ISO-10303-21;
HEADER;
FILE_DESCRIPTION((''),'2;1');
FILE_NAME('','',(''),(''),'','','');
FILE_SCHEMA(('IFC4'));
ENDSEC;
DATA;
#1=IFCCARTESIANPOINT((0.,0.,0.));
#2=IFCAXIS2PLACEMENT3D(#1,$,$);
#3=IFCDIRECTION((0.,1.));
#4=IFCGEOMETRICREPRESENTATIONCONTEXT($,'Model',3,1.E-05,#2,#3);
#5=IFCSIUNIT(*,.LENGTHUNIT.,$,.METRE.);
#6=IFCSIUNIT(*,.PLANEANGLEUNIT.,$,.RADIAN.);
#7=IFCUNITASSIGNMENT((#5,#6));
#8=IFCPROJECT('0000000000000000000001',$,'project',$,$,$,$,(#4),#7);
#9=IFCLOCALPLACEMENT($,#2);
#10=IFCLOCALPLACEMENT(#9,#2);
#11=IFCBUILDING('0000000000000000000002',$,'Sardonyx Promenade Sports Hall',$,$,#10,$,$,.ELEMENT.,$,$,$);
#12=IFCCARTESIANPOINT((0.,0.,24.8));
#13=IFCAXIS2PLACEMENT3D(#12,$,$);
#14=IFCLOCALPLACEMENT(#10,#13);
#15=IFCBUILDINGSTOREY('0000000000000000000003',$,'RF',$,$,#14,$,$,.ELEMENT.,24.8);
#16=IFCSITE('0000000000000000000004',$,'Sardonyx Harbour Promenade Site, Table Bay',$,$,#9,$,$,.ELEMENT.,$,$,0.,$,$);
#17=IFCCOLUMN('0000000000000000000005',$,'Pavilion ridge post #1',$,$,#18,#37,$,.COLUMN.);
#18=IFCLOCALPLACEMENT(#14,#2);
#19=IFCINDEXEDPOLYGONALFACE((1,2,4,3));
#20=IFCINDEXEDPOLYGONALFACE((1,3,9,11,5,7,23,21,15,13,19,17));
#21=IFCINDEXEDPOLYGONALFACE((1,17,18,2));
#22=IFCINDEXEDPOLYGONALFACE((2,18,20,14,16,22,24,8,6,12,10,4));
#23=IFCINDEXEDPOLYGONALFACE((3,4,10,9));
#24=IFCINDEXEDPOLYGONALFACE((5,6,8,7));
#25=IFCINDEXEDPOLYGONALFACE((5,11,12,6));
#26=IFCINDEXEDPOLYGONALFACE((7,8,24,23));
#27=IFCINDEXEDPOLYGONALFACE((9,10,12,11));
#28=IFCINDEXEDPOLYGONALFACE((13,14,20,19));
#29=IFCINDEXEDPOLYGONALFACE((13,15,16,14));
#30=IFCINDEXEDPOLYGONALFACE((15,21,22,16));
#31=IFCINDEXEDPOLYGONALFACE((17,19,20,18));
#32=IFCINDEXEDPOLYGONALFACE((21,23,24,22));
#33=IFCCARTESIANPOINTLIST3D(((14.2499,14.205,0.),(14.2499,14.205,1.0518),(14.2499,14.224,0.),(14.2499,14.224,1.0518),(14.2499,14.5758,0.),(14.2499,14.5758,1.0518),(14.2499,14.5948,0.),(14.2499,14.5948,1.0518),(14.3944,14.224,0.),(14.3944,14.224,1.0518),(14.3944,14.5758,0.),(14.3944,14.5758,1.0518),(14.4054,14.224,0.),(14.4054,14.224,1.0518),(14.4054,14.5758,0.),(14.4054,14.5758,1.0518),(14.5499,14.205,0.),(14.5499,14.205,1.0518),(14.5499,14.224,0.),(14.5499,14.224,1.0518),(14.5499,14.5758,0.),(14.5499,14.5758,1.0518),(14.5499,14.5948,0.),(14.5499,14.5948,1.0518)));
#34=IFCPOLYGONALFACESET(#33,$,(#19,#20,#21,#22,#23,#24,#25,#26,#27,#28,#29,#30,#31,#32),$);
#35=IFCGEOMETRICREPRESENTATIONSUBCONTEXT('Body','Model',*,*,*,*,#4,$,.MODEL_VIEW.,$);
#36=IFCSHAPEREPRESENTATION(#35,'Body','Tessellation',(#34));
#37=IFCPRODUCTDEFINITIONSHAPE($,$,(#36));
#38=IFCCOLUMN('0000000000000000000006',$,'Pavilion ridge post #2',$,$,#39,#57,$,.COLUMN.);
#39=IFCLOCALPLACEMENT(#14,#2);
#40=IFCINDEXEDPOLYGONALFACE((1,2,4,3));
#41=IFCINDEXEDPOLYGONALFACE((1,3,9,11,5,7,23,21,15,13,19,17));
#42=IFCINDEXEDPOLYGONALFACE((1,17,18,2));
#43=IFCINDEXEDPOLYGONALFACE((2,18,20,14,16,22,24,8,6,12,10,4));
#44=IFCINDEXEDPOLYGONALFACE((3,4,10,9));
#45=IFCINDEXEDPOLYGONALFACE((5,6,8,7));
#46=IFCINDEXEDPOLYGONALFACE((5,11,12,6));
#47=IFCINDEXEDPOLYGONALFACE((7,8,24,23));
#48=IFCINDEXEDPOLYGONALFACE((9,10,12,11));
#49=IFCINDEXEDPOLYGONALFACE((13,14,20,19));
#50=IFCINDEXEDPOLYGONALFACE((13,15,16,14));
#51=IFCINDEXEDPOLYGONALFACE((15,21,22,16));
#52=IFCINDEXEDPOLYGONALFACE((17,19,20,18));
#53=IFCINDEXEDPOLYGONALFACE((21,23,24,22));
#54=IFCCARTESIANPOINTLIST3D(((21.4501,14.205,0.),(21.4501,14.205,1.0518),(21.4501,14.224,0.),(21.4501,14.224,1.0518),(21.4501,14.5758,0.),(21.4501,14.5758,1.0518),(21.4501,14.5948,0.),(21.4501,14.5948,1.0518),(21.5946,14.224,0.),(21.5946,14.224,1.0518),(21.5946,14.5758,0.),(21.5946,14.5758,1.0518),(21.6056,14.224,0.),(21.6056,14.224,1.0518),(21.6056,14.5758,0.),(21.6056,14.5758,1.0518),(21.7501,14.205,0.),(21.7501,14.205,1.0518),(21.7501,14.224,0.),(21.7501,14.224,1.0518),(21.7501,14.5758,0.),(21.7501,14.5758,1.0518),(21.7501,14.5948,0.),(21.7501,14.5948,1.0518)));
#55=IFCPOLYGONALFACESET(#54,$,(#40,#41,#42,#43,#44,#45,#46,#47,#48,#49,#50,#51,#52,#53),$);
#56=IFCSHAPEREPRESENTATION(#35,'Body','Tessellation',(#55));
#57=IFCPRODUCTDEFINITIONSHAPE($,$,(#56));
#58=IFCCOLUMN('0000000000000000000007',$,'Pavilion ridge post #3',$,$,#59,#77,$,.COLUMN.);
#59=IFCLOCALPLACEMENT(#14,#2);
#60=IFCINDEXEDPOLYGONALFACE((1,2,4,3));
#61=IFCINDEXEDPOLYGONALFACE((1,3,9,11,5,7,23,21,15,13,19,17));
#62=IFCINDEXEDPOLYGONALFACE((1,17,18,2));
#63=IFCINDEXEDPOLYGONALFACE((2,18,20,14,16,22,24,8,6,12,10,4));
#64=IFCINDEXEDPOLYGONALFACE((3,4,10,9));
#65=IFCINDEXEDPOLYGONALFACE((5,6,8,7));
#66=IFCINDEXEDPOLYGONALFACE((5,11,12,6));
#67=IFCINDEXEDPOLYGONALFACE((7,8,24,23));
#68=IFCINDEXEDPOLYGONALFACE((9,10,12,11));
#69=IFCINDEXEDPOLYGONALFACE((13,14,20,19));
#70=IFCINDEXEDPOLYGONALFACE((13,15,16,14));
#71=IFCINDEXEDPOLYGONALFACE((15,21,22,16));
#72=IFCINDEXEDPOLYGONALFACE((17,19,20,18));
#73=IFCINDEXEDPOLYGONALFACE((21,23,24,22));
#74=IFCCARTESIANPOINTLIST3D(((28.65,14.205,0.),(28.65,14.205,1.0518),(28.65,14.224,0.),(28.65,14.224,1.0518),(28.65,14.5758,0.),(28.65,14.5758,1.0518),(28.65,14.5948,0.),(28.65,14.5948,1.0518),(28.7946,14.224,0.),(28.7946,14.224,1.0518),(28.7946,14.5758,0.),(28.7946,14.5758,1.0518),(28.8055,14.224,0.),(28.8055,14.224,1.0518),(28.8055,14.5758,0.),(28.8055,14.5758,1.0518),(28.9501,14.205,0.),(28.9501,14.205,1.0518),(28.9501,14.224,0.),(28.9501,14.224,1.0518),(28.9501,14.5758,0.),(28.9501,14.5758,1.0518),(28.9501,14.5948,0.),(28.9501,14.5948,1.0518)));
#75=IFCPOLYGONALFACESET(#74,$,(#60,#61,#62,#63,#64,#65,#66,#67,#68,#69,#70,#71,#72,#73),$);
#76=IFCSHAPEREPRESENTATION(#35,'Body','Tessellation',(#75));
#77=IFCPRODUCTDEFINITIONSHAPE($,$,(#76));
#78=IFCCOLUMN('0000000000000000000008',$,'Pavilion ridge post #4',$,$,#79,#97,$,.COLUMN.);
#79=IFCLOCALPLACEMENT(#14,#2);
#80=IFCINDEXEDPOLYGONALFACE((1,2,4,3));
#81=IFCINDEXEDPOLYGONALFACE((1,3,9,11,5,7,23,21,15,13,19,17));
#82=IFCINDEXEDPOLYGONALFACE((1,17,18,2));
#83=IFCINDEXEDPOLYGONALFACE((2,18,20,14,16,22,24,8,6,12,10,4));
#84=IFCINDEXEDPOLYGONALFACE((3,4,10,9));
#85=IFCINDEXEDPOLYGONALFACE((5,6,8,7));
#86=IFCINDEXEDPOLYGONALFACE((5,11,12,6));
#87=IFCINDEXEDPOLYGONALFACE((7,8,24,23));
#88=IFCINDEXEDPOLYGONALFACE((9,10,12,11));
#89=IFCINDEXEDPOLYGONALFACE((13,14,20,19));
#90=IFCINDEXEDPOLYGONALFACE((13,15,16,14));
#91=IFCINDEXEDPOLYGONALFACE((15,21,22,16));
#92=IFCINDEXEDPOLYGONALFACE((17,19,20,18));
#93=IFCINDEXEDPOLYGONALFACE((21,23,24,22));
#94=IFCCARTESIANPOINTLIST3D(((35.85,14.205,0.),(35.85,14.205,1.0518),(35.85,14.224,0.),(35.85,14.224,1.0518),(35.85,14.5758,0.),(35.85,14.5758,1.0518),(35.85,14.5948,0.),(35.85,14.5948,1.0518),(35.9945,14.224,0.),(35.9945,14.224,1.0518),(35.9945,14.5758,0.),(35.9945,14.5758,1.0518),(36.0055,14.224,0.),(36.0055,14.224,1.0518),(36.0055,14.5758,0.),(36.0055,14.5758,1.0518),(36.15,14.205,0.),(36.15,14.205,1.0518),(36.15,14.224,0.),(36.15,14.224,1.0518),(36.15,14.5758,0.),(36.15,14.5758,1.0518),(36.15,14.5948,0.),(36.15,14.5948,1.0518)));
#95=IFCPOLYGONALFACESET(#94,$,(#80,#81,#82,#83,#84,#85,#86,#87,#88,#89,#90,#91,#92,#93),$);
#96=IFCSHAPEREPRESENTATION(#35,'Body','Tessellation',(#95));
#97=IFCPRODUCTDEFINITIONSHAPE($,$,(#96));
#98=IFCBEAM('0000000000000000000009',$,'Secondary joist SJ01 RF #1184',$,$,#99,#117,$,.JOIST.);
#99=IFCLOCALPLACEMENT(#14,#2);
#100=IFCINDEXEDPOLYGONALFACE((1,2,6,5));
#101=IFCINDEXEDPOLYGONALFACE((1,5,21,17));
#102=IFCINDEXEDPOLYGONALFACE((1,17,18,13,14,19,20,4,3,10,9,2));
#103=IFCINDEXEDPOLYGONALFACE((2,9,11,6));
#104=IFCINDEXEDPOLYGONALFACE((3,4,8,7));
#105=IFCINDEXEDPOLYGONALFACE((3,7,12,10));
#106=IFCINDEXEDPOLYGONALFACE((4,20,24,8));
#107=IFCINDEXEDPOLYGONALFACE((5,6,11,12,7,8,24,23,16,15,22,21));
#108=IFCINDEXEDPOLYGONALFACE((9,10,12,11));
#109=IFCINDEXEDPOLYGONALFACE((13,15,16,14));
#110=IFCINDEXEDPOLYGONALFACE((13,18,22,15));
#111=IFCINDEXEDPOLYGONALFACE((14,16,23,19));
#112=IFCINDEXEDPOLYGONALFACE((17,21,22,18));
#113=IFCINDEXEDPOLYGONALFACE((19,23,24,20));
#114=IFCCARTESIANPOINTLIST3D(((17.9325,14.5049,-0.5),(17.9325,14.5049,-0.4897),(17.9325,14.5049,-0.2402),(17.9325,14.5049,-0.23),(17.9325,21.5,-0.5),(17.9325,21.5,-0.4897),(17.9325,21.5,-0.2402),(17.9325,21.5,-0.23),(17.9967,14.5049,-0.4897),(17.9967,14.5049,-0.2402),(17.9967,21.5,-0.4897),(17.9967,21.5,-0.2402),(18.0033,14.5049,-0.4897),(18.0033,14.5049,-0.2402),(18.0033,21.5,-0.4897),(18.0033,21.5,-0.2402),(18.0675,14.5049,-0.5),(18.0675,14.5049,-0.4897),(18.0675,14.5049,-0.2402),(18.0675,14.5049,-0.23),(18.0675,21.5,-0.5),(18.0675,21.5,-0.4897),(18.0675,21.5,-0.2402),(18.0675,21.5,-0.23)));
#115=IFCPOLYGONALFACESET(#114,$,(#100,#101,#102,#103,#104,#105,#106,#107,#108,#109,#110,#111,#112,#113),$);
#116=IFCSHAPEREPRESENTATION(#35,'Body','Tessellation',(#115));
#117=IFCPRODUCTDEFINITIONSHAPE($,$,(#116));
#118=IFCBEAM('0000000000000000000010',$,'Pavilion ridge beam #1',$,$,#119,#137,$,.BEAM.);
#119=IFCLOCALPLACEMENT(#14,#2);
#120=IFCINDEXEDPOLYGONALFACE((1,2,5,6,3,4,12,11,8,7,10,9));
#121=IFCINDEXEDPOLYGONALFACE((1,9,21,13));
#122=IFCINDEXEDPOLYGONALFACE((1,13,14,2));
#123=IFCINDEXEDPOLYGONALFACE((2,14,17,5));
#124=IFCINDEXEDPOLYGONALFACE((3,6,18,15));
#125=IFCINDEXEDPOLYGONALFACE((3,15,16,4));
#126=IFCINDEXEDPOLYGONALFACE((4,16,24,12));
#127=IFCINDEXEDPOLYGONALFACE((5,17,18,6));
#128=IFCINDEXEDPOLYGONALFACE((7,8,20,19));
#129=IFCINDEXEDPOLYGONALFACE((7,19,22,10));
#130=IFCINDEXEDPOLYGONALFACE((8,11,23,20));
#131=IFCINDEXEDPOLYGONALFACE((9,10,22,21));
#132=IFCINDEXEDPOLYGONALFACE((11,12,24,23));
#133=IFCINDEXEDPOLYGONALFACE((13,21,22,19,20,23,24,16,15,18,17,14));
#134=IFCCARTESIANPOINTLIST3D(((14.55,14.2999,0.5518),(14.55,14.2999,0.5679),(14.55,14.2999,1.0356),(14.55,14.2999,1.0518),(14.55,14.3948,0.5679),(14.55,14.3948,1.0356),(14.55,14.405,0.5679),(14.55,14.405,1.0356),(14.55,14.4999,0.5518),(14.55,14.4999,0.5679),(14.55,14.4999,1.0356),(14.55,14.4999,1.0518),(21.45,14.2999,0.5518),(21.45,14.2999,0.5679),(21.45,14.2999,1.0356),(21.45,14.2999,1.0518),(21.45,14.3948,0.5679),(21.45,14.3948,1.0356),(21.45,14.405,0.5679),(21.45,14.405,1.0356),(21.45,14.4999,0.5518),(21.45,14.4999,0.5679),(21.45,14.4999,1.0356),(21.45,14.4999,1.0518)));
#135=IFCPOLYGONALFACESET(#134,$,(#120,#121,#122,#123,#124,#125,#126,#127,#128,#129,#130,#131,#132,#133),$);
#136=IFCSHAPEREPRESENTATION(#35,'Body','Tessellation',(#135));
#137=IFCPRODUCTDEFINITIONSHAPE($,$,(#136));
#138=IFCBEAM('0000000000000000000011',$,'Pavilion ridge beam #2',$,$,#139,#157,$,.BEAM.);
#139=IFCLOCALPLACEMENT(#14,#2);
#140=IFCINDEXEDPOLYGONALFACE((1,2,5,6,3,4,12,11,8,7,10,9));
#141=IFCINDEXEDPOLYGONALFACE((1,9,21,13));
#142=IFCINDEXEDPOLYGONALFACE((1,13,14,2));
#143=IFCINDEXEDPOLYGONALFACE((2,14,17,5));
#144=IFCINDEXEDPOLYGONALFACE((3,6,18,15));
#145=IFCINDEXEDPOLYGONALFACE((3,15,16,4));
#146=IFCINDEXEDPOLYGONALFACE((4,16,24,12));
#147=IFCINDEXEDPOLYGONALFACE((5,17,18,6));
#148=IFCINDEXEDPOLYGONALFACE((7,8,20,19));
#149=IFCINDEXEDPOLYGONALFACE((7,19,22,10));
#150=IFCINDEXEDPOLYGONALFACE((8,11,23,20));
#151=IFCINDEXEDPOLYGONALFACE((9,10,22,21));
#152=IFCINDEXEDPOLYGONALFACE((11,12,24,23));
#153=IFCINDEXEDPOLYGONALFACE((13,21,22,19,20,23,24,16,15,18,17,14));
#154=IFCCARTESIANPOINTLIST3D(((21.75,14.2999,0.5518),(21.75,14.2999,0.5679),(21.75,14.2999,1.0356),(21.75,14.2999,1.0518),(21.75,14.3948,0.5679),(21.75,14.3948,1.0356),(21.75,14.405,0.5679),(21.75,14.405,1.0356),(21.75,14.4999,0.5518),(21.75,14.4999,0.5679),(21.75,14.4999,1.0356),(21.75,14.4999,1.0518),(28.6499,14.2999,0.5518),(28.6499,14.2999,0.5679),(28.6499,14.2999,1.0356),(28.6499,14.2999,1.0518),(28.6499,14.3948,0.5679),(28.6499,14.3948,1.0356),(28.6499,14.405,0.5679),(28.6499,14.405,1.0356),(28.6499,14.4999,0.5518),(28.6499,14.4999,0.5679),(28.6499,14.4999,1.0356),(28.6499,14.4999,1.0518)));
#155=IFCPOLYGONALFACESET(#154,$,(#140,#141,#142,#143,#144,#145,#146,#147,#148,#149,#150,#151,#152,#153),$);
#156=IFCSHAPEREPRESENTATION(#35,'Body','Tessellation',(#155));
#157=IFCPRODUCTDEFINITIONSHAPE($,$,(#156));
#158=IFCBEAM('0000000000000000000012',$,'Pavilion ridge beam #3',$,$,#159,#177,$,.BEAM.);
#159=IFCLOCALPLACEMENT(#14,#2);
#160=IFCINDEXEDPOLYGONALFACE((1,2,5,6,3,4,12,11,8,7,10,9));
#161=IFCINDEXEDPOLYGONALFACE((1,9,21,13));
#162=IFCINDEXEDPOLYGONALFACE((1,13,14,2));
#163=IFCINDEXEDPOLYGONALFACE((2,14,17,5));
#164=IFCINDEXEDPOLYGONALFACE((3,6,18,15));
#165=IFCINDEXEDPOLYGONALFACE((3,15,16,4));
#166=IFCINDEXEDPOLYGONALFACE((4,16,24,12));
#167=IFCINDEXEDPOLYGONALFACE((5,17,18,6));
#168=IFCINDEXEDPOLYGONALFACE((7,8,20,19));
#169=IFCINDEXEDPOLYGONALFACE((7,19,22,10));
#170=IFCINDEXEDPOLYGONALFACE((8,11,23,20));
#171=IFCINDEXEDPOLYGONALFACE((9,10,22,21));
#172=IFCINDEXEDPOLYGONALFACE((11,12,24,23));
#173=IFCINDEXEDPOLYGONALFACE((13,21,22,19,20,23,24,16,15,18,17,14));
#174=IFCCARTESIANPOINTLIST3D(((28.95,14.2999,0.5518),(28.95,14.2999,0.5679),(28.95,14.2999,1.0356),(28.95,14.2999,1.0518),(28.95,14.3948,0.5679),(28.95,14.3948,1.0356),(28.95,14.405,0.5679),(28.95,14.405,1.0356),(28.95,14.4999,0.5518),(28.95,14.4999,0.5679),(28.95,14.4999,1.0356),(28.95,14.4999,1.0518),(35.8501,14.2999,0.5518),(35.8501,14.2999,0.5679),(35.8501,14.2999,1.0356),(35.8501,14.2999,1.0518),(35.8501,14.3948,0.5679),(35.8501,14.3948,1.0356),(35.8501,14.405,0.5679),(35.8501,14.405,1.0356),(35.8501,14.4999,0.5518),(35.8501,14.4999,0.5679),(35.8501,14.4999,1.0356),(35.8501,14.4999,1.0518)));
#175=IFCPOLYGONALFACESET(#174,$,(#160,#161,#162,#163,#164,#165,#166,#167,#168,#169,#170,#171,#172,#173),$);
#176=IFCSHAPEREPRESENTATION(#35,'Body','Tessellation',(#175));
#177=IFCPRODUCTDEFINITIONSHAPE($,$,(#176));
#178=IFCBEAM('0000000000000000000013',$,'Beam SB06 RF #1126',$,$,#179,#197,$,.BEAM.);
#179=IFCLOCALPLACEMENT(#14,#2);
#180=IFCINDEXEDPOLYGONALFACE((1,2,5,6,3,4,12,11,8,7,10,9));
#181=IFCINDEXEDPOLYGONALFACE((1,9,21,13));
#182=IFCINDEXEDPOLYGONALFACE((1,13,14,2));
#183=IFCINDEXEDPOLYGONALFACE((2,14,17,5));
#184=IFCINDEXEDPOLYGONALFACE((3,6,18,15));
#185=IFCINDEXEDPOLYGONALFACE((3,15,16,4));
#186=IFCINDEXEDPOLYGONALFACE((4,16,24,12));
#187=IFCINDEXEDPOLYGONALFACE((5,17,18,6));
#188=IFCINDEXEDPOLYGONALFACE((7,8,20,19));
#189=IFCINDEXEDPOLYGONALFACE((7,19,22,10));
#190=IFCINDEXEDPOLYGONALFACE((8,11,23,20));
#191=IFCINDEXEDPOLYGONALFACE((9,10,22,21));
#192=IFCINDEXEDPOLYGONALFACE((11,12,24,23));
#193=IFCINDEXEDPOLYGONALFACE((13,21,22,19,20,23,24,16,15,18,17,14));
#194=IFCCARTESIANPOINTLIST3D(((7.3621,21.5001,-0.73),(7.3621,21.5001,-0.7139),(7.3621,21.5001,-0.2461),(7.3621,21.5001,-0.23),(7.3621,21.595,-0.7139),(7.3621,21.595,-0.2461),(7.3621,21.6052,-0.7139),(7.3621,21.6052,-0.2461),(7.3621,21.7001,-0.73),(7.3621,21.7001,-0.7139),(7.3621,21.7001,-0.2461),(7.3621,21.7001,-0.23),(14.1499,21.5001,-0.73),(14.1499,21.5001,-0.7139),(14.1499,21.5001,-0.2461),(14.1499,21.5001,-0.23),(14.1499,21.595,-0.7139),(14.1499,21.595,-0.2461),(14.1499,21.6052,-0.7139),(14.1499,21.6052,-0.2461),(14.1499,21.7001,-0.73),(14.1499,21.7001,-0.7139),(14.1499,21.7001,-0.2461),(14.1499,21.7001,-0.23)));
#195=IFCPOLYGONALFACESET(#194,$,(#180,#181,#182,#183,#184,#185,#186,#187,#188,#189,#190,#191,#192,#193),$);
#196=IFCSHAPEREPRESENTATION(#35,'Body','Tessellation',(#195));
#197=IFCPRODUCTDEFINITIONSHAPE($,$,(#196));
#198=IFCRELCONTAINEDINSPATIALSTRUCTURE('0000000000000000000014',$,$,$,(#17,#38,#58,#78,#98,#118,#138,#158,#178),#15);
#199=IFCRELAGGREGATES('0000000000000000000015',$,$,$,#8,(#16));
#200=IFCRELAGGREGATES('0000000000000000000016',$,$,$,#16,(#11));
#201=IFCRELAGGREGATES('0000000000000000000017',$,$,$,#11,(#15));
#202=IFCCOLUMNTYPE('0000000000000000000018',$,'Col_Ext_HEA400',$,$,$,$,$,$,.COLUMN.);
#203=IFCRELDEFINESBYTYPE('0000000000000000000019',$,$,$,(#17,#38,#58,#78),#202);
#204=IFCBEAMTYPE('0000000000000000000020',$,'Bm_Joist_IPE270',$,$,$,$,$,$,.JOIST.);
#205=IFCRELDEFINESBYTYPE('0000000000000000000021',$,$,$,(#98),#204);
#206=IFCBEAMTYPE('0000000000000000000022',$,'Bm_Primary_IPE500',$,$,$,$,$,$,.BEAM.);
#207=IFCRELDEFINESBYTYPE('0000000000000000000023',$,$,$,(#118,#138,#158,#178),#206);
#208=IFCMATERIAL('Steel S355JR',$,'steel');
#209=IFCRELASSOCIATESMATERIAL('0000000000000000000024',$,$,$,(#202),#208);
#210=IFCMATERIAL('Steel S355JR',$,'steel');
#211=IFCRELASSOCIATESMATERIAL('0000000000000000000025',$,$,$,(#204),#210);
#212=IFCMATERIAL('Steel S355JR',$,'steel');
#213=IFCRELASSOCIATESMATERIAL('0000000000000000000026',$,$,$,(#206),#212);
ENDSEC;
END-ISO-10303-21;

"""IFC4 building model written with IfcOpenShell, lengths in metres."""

from ifc_helpers import new_model, si_unit, direction, frame, origin, origin_2d, place, context, subcontext, project, spatial, i_section, extrude, material, material_profile, profile_set, type_object, element, save


model = new_model("IFC4")

# Units and contexts
model_context = context("Model", 3, precision=1e-05, world=origin(), true_north=direction((0.0, 1.0)))
body_context = subcontext(model_context, "Body", "Model", "MODEL_VIEW")
ifc_project = project(units=[si_unit("LENGTHUNIT", "METRE"), si_unit("PLANEANGLEUNIT", "RADIAN")], contexts=[model_context])

# Site, building, storey
site_placement = place(None, origin())
site = spatial("IfcSite", under=ifc_project, at=site_placement, Name="Sardonyx Harbour Promenade Site, Table Bay", CompositionType="ELEMENT", RefElevation=0.0)
building_placement = place(site_placement, origin())
building = spatial("IfcBuilding", under=site, at=building_placement, Name="Sardonyx Promenade Sports Hall", CompositionType="ELEMENT")
storey_placement = place(building_placement, frame((0.0, 0.0, 24.8)))
storey = spatial("IfcBuildingStorey", under=building, at=storey_placement, Name="RF", CompositionType="ELEMENT", Elevation=24.8)

# Columns
ifc_material_1 = material(Name="Steel S355JR", Category="steel")
ifc_material_profile_1 = material_profile(ifc_material_1, i_section(OverallWidth=0.3, OverallDepth=0.3899, WebThickness=0.011, FlangeThickness=0.019, at=origin_2d()))
ifc_profile_set_1 = profile_set([ifc_material_profile_1], Name="Steel S355JR")
column_type = type_object("IfcColumnType", Name="Col_Ext_HEA400", PredefinedType="COLUMN", material=ifc_profile_set_1)
for number, where, z_axis, x_axis, name in (
    (1, (14.3999, 14.3999, 0.0), (0.0, 0.0, 1.0), (1.0, 0.0, 0.0), "Pavilion ridge post #1"),
    (2, (21.6001, 14.3999, 0.0), (0.0, 0.0, 1.0), (1.0, 0.0, 0.0), "Pavilion ridge post #2"),
    (3, (28.8, 14.3999, 0.0), (0.0, 0.0, 1.0), (1.0, 0.0, 0.0), "Pavilion ridge post #3"),
    (4, (36.0, 14.3999, 0.0), (0.0, 0.0, 1.0), (1.0, 0.0, 0.0), "Pavilion ridge post #4"),
):
    element("IfcColumn", number, at=place(storey_placement, frame(where, z_axis=z_axis, x_axis=x_axis)), inside=storey, type_object=column_type, Name=name, PredefinedType="COLUMN", context=body_context, shape_type="SweptSolid", body=[
        extrude(i_section(OverallWidth=0.3, OverallDepth=0.3899, WebThickness=0.011, FlangeThickness=0.019, at=origin_2d()), origin(), (0.0, 0.0, 1.0), 1.0518),
    ])

# Beams
ifc_material_2 = material(Name="Steel S355JR", Category="steel")
ifc_material_profile_2 = material_profile(ifc_material_2, i_section(OverallWidth=0.135, OverallDepth=0.27, WebThickness=0.0066, FlangeThickness=0.0103, at=origin_2d()))
ifc_profile_set_2 = profile_set([ifc_material_profile_2], Name="Steel S355JR")
beam_type_1 = type_object("IfcBeamType", Name="Bm_Joist_IPE270", PredefinedType="JOIST", material=ifc_profile_set_2)
beam_1_placement = place(storey_placement, frame((18.0, 14.5049, -0.365), z_axis=(0.0, 1.0, 0.0), x_axis=(-1.0, 0.0, 0.0)))
element("IfcBeam", 5, at=beam_1_placement, inside=storey, type_object=beam_type_1, Name="Secondary joist SJ01 RF #1184", PredefinedType="JOIST", context=body_context, shape_type="SweptSolid", body=[
    extrude(i_section(OverallWidth=0.135, OverallDepth=0.27, WebThickness=0.0066, FlangeThickness=0.0103, at=origin_2d()), origin(), (0.0, 0.0, 1.0), 6.9951),
])
ifc_material_3 = material(Name="Steel S355JR", Category="steel")
ifc_material_profile_3 = material_profile(ifc_material_3, i_section(OverallWidth=0.2, OverallDepth=0.5, WebThickness=0.0103, FlangeThickness=0.0161, at=origin_2d()))
ifc_profile_set_3 = profile_set([ifc_material_profile_3], Name="Steel S355JR")
beam_type_2 = type_object("IfcBeamType", Name="Bm_Primary_IPE500", PredefinedType="BEAM", material=ifc_profile_set_3)
for number, where, z_axis, x_axis, name in (
    (6, (14.55, 14.3999, 0.8018), (1.0, 0.0, 0.0), (0.0, 1.0, 0.0), "Pavilion ridge beam #1"),
    (7, (21.75, 14.3999, 0.8018), (1.0, 0.0, 0.0), (0.0, 1.0, 0.0), "Pavilion ridge beam #2"),
):
    element("IfcBeam", number, at=place(storey_placement, frame(where, z_axis=z_axis, x_axis=x_axis)), inside=storey, type_object=beam_type_2, Name=name, PredefinedType="BEAM", context=body_context, shape_type="SweptSolid", body=[
        extrude(i_section(OverallWidth=0.2, OverallDepth=0.5, WebThickness=0.0103, FlangeThickness=0.0161, at=origin_2d()), origin(), (0.0, 0.0, 1.0), 6.8999),
    ])
beam_2_placement = place(storey_placement, frame((28.95, 14.3999, 0.8018), z_axis=(1.0, 0.0, 0.0), x_axis=(0.0, 1.0, 0.0)))
element("IfcBeam", 8, at=beam_2_placement, inside=storey, type_object=beam_type_2, Name="Pavilion ridge beam #3", PredefinedType="BEAM", context=body_context, shape_type="SweptSolid", body=[
    extrude(i_section(OverallWidth=0.2, OverallDepth=0.5, WebThickness=0.0103, FlangeThickness=0.0161, at=origin_2d()), origin(), (0.0, 0.0, 1.0), 6.9001),
])
beam_3_placement = place(storey_placement, frame((7.3621, 21.6001, -0.48), z_axis=(1.0, 0.0, 0.0), x_axis=(0.0, 1.0, 0.0)))
element("IfcBeam", 9, at=beam_3_placement, inside=storey, type_object=beam_type_2, Name="Beam SB06 RF #1126", PredefinedType="BEAM", context=body_context, shape_type="SweptSolid", body=[
    extrude(i_section(OverallWidth=0.2, OverallDepth=0.5, WebThickness=0.0103, FlangeThickness=0.0161, at=origin_2d()), origin(), (0.0, 0.0, 1.0), 6.7878),
])

save(model, "model.ifc")
